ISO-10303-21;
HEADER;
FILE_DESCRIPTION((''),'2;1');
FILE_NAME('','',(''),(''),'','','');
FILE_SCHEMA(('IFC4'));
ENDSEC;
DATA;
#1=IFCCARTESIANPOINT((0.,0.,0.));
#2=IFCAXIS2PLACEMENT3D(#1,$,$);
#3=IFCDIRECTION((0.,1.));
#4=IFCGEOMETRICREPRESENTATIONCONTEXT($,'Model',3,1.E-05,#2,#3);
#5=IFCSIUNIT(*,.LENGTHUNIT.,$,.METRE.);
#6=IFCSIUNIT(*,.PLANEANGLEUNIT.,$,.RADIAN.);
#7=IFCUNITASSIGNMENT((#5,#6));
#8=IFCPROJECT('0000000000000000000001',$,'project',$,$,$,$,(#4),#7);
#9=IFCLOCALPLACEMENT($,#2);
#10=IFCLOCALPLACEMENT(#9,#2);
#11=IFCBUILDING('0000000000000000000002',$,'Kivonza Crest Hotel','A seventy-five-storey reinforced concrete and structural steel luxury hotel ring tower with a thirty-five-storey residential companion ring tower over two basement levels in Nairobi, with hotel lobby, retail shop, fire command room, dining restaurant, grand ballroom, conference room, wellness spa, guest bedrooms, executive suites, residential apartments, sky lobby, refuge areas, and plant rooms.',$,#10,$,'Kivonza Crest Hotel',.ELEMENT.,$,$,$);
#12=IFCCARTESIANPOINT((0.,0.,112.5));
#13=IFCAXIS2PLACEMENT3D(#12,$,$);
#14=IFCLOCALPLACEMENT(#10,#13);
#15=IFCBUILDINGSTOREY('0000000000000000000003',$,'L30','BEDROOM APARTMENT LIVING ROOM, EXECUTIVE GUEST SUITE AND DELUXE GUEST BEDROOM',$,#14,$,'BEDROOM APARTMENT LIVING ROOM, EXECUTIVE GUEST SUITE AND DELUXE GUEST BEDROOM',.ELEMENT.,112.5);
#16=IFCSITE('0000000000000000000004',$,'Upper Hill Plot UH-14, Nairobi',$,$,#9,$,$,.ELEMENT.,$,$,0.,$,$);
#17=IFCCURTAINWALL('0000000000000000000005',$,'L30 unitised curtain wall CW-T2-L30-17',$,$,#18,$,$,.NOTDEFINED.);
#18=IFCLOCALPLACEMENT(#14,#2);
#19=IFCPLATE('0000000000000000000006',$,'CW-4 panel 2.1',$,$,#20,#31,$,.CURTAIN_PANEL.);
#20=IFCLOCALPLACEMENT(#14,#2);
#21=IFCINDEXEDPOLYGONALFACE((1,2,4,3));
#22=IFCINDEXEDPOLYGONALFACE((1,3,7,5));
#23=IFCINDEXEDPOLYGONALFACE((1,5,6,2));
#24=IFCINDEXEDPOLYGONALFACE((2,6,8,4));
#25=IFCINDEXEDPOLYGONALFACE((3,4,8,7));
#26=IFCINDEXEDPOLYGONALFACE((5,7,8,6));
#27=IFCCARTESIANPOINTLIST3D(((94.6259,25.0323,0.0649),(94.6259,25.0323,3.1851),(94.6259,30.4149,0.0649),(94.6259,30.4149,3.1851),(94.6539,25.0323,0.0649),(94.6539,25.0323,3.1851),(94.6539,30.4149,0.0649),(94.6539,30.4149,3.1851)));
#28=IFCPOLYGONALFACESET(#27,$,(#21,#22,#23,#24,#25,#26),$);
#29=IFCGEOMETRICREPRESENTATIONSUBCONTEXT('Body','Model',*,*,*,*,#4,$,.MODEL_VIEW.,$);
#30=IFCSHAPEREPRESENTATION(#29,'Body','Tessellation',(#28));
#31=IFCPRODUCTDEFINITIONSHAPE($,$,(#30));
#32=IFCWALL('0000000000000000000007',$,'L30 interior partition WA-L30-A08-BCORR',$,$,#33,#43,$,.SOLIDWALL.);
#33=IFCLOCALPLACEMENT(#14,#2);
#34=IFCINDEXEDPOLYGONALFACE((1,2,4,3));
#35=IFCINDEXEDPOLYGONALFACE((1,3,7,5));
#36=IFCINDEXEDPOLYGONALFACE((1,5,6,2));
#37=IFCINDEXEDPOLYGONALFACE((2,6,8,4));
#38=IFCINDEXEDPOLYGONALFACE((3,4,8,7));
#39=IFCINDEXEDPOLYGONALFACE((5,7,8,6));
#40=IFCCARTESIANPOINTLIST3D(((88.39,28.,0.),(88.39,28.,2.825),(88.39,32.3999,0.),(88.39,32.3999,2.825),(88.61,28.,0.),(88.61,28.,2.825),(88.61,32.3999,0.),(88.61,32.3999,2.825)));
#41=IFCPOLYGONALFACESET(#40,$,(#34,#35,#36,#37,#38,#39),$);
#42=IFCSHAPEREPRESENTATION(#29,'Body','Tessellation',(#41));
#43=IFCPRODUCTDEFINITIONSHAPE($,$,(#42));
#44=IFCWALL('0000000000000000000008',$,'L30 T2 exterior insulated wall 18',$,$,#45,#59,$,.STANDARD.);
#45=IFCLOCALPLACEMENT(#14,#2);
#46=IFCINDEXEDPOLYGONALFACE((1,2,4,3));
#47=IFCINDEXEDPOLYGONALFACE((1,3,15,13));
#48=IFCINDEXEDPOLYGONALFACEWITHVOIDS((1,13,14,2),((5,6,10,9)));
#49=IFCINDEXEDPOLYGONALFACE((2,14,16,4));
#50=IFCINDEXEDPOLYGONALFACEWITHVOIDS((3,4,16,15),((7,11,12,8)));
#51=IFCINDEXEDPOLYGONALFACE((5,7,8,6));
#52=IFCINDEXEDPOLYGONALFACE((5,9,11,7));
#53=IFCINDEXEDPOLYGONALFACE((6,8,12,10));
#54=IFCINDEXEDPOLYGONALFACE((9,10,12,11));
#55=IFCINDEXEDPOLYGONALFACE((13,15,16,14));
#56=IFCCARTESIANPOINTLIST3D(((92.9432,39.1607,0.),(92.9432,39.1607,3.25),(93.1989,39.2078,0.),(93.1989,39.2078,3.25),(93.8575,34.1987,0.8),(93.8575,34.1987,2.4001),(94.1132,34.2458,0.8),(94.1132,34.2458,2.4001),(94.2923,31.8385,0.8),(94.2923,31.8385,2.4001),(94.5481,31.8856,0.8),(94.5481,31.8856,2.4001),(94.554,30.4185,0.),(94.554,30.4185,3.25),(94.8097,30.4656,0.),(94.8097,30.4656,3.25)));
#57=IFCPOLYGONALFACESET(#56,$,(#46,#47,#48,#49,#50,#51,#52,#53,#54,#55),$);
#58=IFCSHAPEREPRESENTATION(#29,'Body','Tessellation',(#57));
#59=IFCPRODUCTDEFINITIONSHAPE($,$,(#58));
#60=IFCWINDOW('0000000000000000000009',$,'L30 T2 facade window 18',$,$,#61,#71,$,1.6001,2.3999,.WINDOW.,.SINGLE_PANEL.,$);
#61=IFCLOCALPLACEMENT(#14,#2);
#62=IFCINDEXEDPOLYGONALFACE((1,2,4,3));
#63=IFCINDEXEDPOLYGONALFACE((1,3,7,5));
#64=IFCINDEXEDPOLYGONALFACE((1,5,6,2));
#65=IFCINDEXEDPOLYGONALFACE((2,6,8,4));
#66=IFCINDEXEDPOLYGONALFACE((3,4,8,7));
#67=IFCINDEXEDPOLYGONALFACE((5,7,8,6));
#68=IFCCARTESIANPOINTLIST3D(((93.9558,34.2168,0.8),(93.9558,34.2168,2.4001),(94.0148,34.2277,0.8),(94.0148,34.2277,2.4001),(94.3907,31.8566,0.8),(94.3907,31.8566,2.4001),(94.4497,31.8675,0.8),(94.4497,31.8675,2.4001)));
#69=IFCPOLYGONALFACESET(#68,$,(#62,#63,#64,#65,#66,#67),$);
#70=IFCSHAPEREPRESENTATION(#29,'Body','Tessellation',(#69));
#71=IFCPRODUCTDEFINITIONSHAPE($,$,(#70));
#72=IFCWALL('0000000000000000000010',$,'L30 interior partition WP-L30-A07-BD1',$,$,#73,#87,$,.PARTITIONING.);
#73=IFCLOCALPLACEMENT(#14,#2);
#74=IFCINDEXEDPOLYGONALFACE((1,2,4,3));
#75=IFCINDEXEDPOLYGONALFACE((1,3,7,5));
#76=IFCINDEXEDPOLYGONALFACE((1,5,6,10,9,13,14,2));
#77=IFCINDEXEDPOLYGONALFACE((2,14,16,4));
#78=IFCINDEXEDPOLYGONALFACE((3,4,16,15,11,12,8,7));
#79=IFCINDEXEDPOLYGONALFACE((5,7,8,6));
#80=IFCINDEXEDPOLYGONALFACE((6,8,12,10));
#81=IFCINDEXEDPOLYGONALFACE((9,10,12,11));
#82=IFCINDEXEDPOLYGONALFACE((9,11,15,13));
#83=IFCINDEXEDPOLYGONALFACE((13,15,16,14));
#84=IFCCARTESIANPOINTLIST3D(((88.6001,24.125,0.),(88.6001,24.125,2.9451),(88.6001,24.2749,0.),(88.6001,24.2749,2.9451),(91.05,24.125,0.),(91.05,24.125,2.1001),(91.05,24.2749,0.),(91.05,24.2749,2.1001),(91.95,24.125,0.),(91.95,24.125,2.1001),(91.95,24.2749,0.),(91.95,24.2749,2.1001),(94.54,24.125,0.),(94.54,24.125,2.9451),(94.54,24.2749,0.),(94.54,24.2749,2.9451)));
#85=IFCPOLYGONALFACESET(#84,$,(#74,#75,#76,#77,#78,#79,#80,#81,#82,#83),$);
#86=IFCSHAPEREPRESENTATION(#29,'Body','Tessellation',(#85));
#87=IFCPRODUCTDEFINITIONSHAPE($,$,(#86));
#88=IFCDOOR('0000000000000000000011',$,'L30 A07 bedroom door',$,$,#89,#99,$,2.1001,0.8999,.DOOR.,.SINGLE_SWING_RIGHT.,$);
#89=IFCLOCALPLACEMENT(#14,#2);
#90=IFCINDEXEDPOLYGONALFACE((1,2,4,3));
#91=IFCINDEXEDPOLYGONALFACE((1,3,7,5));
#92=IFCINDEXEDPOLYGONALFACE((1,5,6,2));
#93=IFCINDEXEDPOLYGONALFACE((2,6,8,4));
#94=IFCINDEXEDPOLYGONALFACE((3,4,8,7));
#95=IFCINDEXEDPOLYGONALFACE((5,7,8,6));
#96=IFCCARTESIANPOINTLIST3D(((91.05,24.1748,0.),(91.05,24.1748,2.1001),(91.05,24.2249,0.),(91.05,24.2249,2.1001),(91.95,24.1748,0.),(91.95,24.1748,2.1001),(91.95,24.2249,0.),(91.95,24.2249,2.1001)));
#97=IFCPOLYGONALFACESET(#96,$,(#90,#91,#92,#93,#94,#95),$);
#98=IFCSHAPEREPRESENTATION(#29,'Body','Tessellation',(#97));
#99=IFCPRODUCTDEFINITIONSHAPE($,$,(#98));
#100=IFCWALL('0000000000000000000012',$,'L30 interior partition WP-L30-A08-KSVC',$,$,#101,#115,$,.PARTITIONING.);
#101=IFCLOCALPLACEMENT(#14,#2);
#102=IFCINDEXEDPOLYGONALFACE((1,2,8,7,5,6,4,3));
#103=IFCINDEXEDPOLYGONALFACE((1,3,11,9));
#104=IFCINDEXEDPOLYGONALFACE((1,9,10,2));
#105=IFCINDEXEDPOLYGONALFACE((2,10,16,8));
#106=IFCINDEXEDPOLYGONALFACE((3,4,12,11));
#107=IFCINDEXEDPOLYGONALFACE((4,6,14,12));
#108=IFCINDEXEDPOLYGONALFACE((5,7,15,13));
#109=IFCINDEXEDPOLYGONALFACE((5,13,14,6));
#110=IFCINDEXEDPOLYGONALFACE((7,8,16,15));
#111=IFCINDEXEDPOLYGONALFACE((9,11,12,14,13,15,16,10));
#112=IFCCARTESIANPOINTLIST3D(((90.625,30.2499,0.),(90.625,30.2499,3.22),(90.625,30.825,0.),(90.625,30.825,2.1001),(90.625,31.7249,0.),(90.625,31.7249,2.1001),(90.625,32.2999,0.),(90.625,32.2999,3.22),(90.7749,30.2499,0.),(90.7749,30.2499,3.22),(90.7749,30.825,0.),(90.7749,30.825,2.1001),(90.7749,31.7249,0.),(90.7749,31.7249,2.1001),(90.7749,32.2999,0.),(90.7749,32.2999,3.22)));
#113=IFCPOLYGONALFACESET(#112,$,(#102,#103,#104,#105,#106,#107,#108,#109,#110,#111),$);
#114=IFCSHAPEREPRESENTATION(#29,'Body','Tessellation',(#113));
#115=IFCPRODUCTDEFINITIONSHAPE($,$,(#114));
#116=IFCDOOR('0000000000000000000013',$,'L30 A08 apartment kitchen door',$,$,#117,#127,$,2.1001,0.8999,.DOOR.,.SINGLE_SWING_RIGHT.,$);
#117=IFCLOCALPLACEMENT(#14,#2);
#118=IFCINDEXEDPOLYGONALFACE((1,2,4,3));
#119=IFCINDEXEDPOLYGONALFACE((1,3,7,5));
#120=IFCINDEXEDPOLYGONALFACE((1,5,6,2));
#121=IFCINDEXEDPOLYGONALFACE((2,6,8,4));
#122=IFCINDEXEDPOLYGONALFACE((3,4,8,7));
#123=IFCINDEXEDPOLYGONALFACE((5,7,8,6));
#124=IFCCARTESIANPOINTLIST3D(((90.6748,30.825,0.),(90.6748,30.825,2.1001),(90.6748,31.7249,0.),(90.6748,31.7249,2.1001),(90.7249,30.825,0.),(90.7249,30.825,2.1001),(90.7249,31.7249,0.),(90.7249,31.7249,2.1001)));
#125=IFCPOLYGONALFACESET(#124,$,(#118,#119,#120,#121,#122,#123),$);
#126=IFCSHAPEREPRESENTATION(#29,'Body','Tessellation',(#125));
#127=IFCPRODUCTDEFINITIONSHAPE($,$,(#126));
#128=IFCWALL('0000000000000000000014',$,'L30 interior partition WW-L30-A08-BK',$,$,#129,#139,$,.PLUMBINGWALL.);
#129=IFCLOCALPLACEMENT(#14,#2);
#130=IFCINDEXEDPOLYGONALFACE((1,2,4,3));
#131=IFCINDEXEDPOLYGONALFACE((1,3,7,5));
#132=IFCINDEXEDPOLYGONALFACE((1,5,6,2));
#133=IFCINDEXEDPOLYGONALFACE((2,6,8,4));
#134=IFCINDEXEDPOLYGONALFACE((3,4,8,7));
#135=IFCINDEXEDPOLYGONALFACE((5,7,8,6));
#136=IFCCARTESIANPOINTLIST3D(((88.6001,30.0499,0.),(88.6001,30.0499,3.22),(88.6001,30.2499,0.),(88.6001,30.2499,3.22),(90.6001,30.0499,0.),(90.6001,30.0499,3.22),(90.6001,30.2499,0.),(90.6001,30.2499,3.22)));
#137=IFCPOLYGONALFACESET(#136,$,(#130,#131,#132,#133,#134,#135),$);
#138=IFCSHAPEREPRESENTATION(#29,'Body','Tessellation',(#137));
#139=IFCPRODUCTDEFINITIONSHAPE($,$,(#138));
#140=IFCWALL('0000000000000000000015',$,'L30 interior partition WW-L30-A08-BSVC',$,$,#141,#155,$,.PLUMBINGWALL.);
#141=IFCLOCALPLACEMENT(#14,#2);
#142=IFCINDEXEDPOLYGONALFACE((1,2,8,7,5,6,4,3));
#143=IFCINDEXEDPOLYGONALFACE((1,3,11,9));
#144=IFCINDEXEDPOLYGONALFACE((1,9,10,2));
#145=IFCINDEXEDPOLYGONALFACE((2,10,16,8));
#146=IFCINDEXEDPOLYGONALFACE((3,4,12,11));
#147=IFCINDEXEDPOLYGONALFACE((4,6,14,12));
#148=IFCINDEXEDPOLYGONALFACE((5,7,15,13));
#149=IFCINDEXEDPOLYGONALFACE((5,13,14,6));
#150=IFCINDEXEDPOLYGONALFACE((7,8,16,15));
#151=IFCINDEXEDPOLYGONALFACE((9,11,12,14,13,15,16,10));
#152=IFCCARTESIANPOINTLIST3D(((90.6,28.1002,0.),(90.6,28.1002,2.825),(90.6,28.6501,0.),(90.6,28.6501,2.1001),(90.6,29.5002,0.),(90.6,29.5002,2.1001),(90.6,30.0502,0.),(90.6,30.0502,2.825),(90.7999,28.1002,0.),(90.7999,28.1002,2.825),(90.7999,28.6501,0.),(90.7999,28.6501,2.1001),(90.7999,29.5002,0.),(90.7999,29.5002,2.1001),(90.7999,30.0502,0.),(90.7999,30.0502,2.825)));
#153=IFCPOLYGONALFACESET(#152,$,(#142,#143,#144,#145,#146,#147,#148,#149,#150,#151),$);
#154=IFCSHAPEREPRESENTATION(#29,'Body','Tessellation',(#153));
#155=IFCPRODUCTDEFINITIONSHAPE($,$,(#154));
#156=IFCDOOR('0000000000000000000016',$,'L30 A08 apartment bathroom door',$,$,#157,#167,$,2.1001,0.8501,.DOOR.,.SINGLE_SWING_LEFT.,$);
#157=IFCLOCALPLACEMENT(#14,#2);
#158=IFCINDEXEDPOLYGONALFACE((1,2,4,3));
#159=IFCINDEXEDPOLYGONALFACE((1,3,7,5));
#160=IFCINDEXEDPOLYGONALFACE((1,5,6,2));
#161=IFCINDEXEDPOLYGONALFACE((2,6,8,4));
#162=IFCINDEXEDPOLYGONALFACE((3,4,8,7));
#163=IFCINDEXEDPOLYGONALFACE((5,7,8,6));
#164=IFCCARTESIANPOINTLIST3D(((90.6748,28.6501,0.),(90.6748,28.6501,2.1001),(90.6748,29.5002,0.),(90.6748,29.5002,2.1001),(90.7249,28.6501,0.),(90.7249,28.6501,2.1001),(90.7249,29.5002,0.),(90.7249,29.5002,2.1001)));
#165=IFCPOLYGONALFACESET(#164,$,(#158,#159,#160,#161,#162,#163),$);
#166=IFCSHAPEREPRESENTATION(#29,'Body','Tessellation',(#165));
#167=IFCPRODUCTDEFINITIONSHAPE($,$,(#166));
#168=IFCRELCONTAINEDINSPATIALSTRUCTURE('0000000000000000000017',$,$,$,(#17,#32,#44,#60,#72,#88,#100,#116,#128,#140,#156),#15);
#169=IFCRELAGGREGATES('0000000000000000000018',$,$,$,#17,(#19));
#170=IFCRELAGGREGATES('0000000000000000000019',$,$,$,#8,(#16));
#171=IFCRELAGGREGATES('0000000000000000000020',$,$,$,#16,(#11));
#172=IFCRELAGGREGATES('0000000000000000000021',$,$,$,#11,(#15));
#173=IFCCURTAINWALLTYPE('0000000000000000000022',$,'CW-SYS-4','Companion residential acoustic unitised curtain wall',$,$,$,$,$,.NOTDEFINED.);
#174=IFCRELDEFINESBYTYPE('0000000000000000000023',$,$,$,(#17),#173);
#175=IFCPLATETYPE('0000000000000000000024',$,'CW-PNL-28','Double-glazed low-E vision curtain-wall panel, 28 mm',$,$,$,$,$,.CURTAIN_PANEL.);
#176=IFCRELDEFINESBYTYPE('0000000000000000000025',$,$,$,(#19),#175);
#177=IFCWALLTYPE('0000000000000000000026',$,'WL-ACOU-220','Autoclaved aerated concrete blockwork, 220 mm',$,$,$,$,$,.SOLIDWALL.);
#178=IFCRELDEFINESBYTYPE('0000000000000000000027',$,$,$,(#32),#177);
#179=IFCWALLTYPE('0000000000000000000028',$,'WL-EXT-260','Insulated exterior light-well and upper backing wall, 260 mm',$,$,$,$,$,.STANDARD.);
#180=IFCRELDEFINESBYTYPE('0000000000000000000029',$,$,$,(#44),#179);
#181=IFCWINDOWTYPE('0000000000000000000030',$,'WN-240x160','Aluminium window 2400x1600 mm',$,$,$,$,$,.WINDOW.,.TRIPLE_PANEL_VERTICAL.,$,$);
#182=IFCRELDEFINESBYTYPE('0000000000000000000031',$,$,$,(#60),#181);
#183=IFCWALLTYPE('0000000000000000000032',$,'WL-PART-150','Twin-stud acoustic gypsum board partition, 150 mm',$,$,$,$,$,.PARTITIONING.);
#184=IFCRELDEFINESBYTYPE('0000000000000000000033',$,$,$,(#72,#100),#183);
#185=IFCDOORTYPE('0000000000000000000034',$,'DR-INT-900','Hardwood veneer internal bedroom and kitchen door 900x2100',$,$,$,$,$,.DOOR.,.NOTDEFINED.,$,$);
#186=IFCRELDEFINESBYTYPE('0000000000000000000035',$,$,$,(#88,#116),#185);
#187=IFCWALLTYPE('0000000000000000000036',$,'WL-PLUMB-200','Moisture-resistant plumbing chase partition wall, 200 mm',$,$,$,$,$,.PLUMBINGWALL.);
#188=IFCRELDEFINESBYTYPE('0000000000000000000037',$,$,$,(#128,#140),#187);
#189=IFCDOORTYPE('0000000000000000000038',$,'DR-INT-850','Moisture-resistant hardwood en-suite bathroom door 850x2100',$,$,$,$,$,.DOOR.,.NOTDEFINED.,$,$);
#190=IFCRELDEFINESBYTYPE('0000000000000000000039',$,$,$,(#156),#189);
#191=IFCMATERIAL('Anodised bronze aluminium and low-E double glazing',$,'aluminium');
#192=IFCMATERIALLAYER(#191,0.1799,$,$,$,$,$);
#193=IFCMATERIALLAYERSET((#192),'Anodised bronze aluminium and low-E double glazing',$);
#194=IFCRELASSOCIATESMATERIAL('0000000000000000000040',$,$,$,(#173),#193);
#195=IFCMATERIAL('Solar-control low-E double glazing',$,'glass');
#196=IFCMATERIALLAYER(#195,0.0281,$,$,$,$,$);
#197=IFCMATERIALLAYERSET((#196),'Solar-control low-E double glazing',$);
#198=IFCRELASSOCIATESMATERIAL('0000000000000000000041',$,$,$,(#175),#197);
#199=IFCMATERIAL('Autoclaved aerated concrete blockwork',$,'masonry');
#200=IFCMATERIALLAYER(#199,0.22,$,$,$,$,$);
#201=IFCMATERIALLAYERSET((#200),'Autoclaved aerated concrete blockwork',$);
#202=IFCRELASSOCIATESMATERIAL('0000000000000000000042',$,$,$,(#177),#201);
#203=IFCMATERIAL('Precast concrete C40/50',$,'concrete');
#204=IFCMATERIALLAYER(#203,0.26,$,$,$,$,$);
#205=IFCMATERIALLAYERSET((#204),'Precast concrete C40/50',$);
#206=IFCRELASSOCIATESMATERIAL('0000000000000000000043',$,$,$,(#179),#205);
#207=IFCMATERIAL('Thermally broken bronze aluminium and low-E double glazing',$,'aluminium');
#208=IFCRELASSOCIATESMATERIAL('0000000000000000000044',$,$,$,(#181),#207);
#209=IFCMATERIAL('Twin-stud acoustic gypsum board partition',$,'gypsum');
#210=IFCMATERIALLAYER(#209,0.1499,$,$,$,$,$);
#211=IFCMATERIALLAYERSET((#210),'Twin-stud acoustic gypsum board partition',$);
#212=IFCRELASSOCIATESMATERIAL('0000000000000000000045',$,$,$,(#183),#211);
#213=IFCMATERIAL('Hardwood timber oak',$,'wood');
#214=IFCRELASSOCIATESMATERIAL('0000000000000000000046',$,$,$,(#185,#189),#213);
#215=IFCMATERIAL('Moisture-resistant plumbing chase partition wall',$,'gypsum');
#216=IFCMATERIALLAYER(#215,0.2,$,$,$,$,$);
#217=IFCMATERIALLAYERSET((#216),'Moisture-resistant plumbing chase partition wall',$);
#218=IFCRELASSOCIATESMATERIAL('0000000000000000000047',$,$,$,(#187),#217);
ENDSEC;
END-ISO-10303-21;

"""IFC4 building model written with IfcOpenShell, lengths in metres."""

from ifc_helpers import new_model, si_unit, direction, frame, frame_2d, origin, origin_2d, place, context, subcontext, project, spatial, rectangle, extrude, material, layer, layer_set, type_object, element, fill, aggregate, save


model = new_model("IFC4")

# Units and contexts
model_context = context("Model", 3, precision=1e-05, world=origin(), true_north=direction((0.0, 1.0)))
body_context = subcontext(model_context, "Body", "Model", "MODEL_VIEW")
ifc_project = project(units=[si_unit("LENGTHUNIT", "METRE"), si_unit("PLANEANGLEUNIT", "RADIAN")], contexts=[model_context])

# Site, building, storey
site_placement = place(None, origin())
site = spatial("IfcSite", under=ifc_project, at=site_placement, Name="Upper Hill Plot UH-14, Nairobi", CompositionType="ELEMENT", RefElevation=0.0)
building_placement = place(site_placement, origin())
building = spatial("IfcBuilding", under=site, at=building_placement, Name="Kivonza Crest Hotel", Description="A seventy-five-storey reinforced concrete and structural steel luxury hotel ring tower with a thirty-five-storey residential companion ring tower over two basement levels in Nairobi, with hotel lobby, retail shop, fire command room, dining restaurant, grand ballroom, conference room, wellness spa, guest bedrooms, executive suites, residential apartments, sky lobby, refuge areas, and plant rooms.", LongName="Kivonza Crest Hotel", CompositionType="ELEMENT")
storey_placement = place(building_placement, frame((0.0, 0.0, 112.5)))
storey = spatial("IfcBuildingStorey", under=building, at=storey_placement, Name="L30", Description="BEDROOM APARTMENT LIVING ROOM, EXECUTIVE GUEST SUITE AND DELUXE GUEST BEDROOM", LongName="BEDROOM APARTMENT LIVING ROOM, EXECUTIVE GUEST SUITE AND DELUXE GUEST BEDROOM", CompositionType="ELEMENT", Elevation=112.5)

# Curtain wall, plate
ifc_material_1 = material(Name="Anodised bronze aluminium and low-E double glazing", Category="aluminium")
ifc_layer_1 = layer(ifc_material_1, 0.1799)
ifc_layer_set_1 = layer_set([ifc_layer_1], Name="Anodised bronze aluminium and low-E double glazing")
curtain_wall_type = type_object("IfcCurtainWallType", Name="CW-SYS-4", Description="Companion residential acoustic unitised curtain wall", PredefinedType="NOTDEFINED", material=ifc_layer_set_1)
curtain_wall_placement = place(storey_placement, origin())
curtain_wall = element("IfcCurtainWall", 1, at=curtain_wall_placement, inside=storey, type_object=curtain_wall_type, Name="L30 unitised curtain wall CW-T2-L30-17", PredefinedType="NOTDEFINED")
ifc_material_2 = material(Name="Solar-control low-E double glazing", Category="glass")
ifc_layer_2 = layer(ifc_material_2, 0.0281)
ifc_layer_set_2 = layer_set([ifc_layer_2], Name="Solar-control low-E double glazing")
plate_type = type_object("IfcPlateType", Name="CW-PNL-28", Description="Double-glazed low-E vision curtain-wall panel, 28 mm", PredefinedType="CURTAIN_PANEL", material=ifc_layer_set_2)
plate_1_placement = place(storey_placement, frame((94.6399, 27.7236, 0.0649), z_axis=(0.0, 0.0, 1.0), x_axis=(0.0, 1.0, 0.0)))
plate_1 = element("IfcPlate", 2, at=plate_1_placement, type_object=plate_type, Name="CW-4 panel 2.1", PredefinedType="CURTAIN_PANEL", context=body_context, shape_type="SweptSolid", body=[
    extrude(rectangle(XDim=5.3826, YDim=0.0281, at=origin_2d()), origin(), (0.0, 0.0, 1.0), 3.1201),
])
aggregate(curtain_wall, [plate_1])

# Wall
ifc_material_3 = material(Name="Autoclaved aerated concrete blockwork", Category="masonry")
ifc_layer_3 = layer(ifc_material_3, 0.22)
ifc_layer_set_3 = layer_set([ifc_layer_3], Name="Autoclaved aerated concrete blockwork")
wall_type_1 = type_object("IfcWallType", Name="WL-ACOU-220", Description="Autoclaved aerated concrete blockwork, 220 mm", PredefinedType="SOLIDWALL", material=ifc_layer_set_3)
wall_1_placement = place(storey_placement, frame((88.5, 28.0, 0.0), z_axis=(0.0, 0.0, 1.0), x_axis=(0.0, 1.0, 0.0)))
element("IfcWall", 3, at=wall_1_placement, inside=storey, type_object=wall_type_1, Name="L30 interior partition WA-L30-A08-BCORR", PredefinedType="SOLIDWALL", context=body_context, shape_type="SweptSolid", body=[
    extrude(rectangle(XDim=4.3999, YDim=0.22, at=frame_2d((2.2, 0.0))), origin(), (0.0, 0.0, 1.0), 2.825),
])

# Wall, opening, window
ifc_material_4 = material(Name="Precast concrete C40/50", Category="concrete")
ifc_layer_4 = layer(ifc_material_4, 0.26)
ifc_layer_set_4 = layer_set([ifc_layer_4], Name="Precast concrete C40/50")
wall_type_2 = type_object("IfcWallType", Name="WL-EXT-260", Description="Insulated exterior light-well and upper backing wall, 260 mm", PredefinedType="STANDARD", material=ifc_layer_set_4)
wall_2_placement = place(storey_placement, frame((94.6819, 30.4419, 0.0), z_axis=(0.0, 0.0, 1.0), x_axis=(-0.18121, 0.983444, 0.0)))
wall_2 = element("IfcWall", 4, at=wall_2_placement, inside=storey, type_object=wall_type_2, Name="L30 T2 exterior insulated wall 18", PredefinedType="STANDARD", context=body_context, shape_type="SweptSolid", body=[
    extrude(rectangle(XDim=8.8894, YDim=0.26, at=frame_2d((4.4448, 0.0))), origin(), (0.0, 0.0, 1.0), 3.25),
])
opening_1_placement = place(wall_2_placement, frame((1.4441, 0.0, 0.8)))
opening_1 = element("IfcOpeningElement", 5, at=opening_1_placement, cuts=wall_2, PredefinedType="OPENING", context=body_context, shape_type="SweptSolid", body=[
    extrude(rectangle(XDim=2.3999, YDim=1.6001, at=frame_2d((1.2, 0.8))), frame((0.0, 0.1401, 0.0), z_axis=(0.0, -1.0, 0.0), x_axis=(1.0, 0.0, 0.0)), (0.0, 0.0, 1.0), 0.28),
])
ifc_material_5 = material(Name="Thermally broken bronze aluminium and low-E double glazing", Category="aluminium")
window_type = type_object("IfcWindowType", Name="WN-240x160", Description="Aluminium window 2400x1600 mm", PartitioningType="TRIPLE_PANEL_VERTICAL", PredefinedType="WINDOW", material=ifc_material_5)
window_placement = place(opening_1_placement, origin())
window = element("IfcWindow", 6, at=window_placement, inside=storey, type_object=window_type, Name="L30 T2 facade window 18", OverallHeight=1.6001, OverallWidth=2.3999, PartitioningType="SINGLE_PANEL", PredefinedType="WINDOW", context=body_context, shape_type="SweptSolid", body=[
    extrude(rectangle(XDim=2.3999, YDim=1.6001, at=frame_2d((1.2, 0.8))), frame((0.0, 0.03, 0.0), z_axis=(0.0, -1.0, 0.0), x_axis=(1.0, 0.0, 0.0)), (0.0, 0.0, 1.0), 0.0601),
])
fill(opening_1, window)

# Walls, openings, doors
ifc_material_6 = material(Name="Twin-stud acoustic gypsum board partition", Category="gypsum")
ifc_layer_5 = layer(ifc_material_6, 0.1499)
ifc_layer_set_5 = layer_set([ifc_layer_5], Name="Twin-stud acoustic gypsum board partition")
wall_type_3 = type_object("IfcWallType", Name="WL-PART-150", Description="Twin-stud acoustic gypsum board partition, 150 mm", PredefinedType="PARTITIONING", material=ifc_layer_set_5)
wall_3_placement = place(storey_placement, frame((88.6001, 24.2, 0.0), z_axis=(0.0, 0.0, 1.0), x_axis=(1.0, 0.0, 0.0)))
wall_3 = element("IfcWall", 7, at=wall_3_placement, inside=storey, type_object=wall_type_3, Name="L30 interior partition WP-L30-A07-BD1", PredefinedType="PARTITIONING", context=body_context, shape_type="SweptSolid", body=[
    extrude(rectangle(XDim=5.9399, YDim=0.1499, at=frame_2d((2.97, 0.0))), origin(), (0.0, 0.0, 1.0), 2.9451),
])
opening_2_placement = place(wall_3_placement, frame((2.45, 0.0, 0.0)))
opening_2 = element("IfcOpeningElement", 8, at=opening_2_placement, cuts=wall_3, PredefinedType="OPENING", context=body_context, shape_type="SweptSolid", body=[
    extrude(rectangle(XDim=0.8999, YDim=2.1001, at=frame_2d((0.45, 1.05))), frame((0.0, 0.085, 0.0), z_axis=(0.0, -1.0, 0.0), x_axis=(1.0, 0.0, 0.0)), (0.0, 0.0, 1.0), 0.1699),
])
ifc_material_7 = material(Name="Hardwood timber oak", Category="wood")
door_type_1 = type_object("IfcDoorType", Name="DR-INT-900", Description="Hardwood veneer internal bedroom and kitchen door 900x2100", OperationType="NOTDEFINED", PredefinedType="DOOR", material=ifc_material_7)
door_1_placement = place(opening_2_placement, origin())
door_1 = element("IfcDoor", 9, at=door_1_placement, inside=storey, type_object=door_type_1, Name="L30 A07 bedroom door", OperationType="SINGLE_SWING_RIGHT", OverallHeight=2.1001, OverallWidth=0.8999, PredefinedType="DOOR", context=body_context, shape_type="SweptSolid", body=[
    extrude(rectangle(XDim=0.8999, YDim=2.1001, at=frame_2d((0.45, 1.05))), frame((0.0, 0.0249, 0.0), z_axis=(0.0, -1.0, 0.0), x_axis=(1.0, 0.0, 0.0)), (0.0, 0.0, 1.0), 0.05),
])
fill(opening_2, door_1)
wall_4_placement = place(storey_placement, frame((90.7, 30.25, 0.0), z_axis=(0.0, 0.0, 1.0), x_axis=(0.0, 1.0, 0.0)))
wall_4 = element("IfcWall", 10, at=wall_4_placement, inside=storey, type_object=wall_type_3, Name="L30 interior partition WP-L30-A08-KSVC", PredefinedType="PARTITIONING", context=body_context, shape_type="SweptSolid", body=[
    extrude(rectangle(XDim=2.05, YDim=0.1499, at=frame_2d((1.0249, 0.0))), origin(), (0.0, 0.0, 1.0), 3.22),
])
opening_3_placement = place(wall_4_placement, frame((0.575, 0.0, 0.0)))
opening_3 = element("IfcOpeningElement", 11, at=opening_3_placement, cuts=wall_4, PredefinedType="OPENING", context=body_context, shape_type="SweptSolid", body=[
    extrude(rectangle(XDim=0.8999, YDim=2.1001, at=frame_2d((0.45, 1.05))), frame((0.0, 0.085, 0.0), z_axis=(0.0, -1.0, 0.0), x_axis=(1.0, 0.0, 0.0)), (0.0, 0.0, 1.0), 0.1699),
])
door_2_placement = place(opening_3_placement, frame((0.8999, 0.0, 0.0), z_axis=(0.0, 0.0, 1.0), x_axis=(-1.0, 0.0, 0.0)))
door_2 = element("IfcDoor", 12, at=door_2_placement, inside=storey, type_object=door_type_1, Name="L30 A08 apartment kitchen door", OperationType="SINGLE_SWING_RIGHT", OverallHeight=2.1001, OverallWidth=0.8999, PredefinedType="DOOR", context=body_context, shape_type="SweptSolid", body=[
    extrude(rectangle(XDim=0.8999, YDim=2.1001, at=frame_2d((0.45, 1.05))), frame((0.0, 0.0249, 0.0), z_axis=(0.0, -1.0, 0.0), x_axis=(1.0, 0.0, 0.0)), (0.0, 0.0, 1.0), 0.05),
])
fill(opening_3, door_2)

# Wall
ifc_material_8 = material(Name="Moisture-resistant plumbing chase partition wall", Category="gypsum")
ifc_layer_6 = layer(ifc_material_8, 0.2)
ifc_layer_set_6 = layer_set([ifc_layer_6], Name="Moisture-resistant plumbing chase partition wall")
wall_type_4 = type_object("IfcWallType", Name="WL-PLUMB-200", Description="Moisture-resistant plumbing chase partition wall, 200 mm", PredefinedType="PLUMBINGWALL", material=ifc_layer_set_6)
wall_5_placement = place(storey_placement, frame((88.6001, 30.1499, 0.0), z_axis=(0.0, 0.0, 1.0), x_axis=(1.0, 0.0, 0.0)))
element("IfcWall", 13, at=wall_5_placement, inside=storey, type_object=wall_type_4, Name="L30 interior partition WW-L30-A08-BK", PredefinedType="PLUMBINGWALL", context=body_context, shape_type="SweptSolid", body=[
    extrude(rectangle(XDim=2.0, YDim=0.2, at=frame_2d((1.0, 0.0))), origin(), (0.0, 0.0, 1.0), 3.22),
])

# Wall, opening, door
wall_6_placement = place(storey_placement, frame((90.7, 28.1001, 0.0), z_axis=(0.0, 0.0, 1.0), x_axis=(0.0, 1.0, 0.0)))
wall_6 = element("IfcWall", 14, at=wall_6_placement, inside=storey, type_object=wall_type_4, Name="L30 interior partition WW-L30-A08-BSVC", PredefinedType="PLUMBINGWALL", context=body_context, shape_type="SweptSolid", body=[
    extrude(rectangle(XDim=1.95, YDim=0.2, at=frame_2d((0.9751, 0.0))), origin(), (0.0, 0.0, 1.0), 2.825),
])
opening_4_placement = place(wall_6_placement, frame((0.55, 0.0, 0.0)))
opening_4 = element("IfcOpeningElement", 15, at=opening_4_placement, cuts=wall_6, PredefinedType="OPENING", context=body_context, shape_type="SweptSolid", body=[
    extrude(rectangle(XDim=0.8501, YDim=2.1001, at=frame_2d((0.425, 1.05))), frame((0.0, 0.1099, 0.0), z_axis=(0.0, -1.0, 0.0), x_axis=(1.0, 0.0, 0.0)), (0.0, 0.0, 1.0), 0.22),
])
door_type_2 = type_object("IfcDoorType", Name="DR-INT-850", Description="Moisture-resistant hardwood en-suite bathroom door 850x2100", OperationType="NOTDEFINED", PredefinedType="DOOR", material=ifc_material_7)
door_3_placement = place(opening_4_placement, frame((0.8501, 0.0, 0.0), z_axis=(0.0, 0.0, 1.0), x_axis=(-1.0, 0.0, 0.0)))
door_3 = element("IfcDoor", 16, at=door_3_placement, inside=storey, type_object=door_type_2, Name="L30 A08 apartment bathroom door", OperationType="SINGLE_SWING_LEFT", OverallHeight=2.1001, OverallWidth=0.8501, PredefinedType="DOOR", context=body_context, shape_type="SweptSolid", body=[
    extrude(rectangle(XDim=0.8501, YDim=2.1001, at=frame_2d((0.425, 1.05))), frame((0.0, 0.0249, 0.0), z_axis=(0.0, -1.0, 0.0), x_axis=(1.0, 0.0, 0.0)), (0.0, 0.0, 1.0), 0.05),
])
fill(opening_4, door_3)

save(model, "model.ifc")
